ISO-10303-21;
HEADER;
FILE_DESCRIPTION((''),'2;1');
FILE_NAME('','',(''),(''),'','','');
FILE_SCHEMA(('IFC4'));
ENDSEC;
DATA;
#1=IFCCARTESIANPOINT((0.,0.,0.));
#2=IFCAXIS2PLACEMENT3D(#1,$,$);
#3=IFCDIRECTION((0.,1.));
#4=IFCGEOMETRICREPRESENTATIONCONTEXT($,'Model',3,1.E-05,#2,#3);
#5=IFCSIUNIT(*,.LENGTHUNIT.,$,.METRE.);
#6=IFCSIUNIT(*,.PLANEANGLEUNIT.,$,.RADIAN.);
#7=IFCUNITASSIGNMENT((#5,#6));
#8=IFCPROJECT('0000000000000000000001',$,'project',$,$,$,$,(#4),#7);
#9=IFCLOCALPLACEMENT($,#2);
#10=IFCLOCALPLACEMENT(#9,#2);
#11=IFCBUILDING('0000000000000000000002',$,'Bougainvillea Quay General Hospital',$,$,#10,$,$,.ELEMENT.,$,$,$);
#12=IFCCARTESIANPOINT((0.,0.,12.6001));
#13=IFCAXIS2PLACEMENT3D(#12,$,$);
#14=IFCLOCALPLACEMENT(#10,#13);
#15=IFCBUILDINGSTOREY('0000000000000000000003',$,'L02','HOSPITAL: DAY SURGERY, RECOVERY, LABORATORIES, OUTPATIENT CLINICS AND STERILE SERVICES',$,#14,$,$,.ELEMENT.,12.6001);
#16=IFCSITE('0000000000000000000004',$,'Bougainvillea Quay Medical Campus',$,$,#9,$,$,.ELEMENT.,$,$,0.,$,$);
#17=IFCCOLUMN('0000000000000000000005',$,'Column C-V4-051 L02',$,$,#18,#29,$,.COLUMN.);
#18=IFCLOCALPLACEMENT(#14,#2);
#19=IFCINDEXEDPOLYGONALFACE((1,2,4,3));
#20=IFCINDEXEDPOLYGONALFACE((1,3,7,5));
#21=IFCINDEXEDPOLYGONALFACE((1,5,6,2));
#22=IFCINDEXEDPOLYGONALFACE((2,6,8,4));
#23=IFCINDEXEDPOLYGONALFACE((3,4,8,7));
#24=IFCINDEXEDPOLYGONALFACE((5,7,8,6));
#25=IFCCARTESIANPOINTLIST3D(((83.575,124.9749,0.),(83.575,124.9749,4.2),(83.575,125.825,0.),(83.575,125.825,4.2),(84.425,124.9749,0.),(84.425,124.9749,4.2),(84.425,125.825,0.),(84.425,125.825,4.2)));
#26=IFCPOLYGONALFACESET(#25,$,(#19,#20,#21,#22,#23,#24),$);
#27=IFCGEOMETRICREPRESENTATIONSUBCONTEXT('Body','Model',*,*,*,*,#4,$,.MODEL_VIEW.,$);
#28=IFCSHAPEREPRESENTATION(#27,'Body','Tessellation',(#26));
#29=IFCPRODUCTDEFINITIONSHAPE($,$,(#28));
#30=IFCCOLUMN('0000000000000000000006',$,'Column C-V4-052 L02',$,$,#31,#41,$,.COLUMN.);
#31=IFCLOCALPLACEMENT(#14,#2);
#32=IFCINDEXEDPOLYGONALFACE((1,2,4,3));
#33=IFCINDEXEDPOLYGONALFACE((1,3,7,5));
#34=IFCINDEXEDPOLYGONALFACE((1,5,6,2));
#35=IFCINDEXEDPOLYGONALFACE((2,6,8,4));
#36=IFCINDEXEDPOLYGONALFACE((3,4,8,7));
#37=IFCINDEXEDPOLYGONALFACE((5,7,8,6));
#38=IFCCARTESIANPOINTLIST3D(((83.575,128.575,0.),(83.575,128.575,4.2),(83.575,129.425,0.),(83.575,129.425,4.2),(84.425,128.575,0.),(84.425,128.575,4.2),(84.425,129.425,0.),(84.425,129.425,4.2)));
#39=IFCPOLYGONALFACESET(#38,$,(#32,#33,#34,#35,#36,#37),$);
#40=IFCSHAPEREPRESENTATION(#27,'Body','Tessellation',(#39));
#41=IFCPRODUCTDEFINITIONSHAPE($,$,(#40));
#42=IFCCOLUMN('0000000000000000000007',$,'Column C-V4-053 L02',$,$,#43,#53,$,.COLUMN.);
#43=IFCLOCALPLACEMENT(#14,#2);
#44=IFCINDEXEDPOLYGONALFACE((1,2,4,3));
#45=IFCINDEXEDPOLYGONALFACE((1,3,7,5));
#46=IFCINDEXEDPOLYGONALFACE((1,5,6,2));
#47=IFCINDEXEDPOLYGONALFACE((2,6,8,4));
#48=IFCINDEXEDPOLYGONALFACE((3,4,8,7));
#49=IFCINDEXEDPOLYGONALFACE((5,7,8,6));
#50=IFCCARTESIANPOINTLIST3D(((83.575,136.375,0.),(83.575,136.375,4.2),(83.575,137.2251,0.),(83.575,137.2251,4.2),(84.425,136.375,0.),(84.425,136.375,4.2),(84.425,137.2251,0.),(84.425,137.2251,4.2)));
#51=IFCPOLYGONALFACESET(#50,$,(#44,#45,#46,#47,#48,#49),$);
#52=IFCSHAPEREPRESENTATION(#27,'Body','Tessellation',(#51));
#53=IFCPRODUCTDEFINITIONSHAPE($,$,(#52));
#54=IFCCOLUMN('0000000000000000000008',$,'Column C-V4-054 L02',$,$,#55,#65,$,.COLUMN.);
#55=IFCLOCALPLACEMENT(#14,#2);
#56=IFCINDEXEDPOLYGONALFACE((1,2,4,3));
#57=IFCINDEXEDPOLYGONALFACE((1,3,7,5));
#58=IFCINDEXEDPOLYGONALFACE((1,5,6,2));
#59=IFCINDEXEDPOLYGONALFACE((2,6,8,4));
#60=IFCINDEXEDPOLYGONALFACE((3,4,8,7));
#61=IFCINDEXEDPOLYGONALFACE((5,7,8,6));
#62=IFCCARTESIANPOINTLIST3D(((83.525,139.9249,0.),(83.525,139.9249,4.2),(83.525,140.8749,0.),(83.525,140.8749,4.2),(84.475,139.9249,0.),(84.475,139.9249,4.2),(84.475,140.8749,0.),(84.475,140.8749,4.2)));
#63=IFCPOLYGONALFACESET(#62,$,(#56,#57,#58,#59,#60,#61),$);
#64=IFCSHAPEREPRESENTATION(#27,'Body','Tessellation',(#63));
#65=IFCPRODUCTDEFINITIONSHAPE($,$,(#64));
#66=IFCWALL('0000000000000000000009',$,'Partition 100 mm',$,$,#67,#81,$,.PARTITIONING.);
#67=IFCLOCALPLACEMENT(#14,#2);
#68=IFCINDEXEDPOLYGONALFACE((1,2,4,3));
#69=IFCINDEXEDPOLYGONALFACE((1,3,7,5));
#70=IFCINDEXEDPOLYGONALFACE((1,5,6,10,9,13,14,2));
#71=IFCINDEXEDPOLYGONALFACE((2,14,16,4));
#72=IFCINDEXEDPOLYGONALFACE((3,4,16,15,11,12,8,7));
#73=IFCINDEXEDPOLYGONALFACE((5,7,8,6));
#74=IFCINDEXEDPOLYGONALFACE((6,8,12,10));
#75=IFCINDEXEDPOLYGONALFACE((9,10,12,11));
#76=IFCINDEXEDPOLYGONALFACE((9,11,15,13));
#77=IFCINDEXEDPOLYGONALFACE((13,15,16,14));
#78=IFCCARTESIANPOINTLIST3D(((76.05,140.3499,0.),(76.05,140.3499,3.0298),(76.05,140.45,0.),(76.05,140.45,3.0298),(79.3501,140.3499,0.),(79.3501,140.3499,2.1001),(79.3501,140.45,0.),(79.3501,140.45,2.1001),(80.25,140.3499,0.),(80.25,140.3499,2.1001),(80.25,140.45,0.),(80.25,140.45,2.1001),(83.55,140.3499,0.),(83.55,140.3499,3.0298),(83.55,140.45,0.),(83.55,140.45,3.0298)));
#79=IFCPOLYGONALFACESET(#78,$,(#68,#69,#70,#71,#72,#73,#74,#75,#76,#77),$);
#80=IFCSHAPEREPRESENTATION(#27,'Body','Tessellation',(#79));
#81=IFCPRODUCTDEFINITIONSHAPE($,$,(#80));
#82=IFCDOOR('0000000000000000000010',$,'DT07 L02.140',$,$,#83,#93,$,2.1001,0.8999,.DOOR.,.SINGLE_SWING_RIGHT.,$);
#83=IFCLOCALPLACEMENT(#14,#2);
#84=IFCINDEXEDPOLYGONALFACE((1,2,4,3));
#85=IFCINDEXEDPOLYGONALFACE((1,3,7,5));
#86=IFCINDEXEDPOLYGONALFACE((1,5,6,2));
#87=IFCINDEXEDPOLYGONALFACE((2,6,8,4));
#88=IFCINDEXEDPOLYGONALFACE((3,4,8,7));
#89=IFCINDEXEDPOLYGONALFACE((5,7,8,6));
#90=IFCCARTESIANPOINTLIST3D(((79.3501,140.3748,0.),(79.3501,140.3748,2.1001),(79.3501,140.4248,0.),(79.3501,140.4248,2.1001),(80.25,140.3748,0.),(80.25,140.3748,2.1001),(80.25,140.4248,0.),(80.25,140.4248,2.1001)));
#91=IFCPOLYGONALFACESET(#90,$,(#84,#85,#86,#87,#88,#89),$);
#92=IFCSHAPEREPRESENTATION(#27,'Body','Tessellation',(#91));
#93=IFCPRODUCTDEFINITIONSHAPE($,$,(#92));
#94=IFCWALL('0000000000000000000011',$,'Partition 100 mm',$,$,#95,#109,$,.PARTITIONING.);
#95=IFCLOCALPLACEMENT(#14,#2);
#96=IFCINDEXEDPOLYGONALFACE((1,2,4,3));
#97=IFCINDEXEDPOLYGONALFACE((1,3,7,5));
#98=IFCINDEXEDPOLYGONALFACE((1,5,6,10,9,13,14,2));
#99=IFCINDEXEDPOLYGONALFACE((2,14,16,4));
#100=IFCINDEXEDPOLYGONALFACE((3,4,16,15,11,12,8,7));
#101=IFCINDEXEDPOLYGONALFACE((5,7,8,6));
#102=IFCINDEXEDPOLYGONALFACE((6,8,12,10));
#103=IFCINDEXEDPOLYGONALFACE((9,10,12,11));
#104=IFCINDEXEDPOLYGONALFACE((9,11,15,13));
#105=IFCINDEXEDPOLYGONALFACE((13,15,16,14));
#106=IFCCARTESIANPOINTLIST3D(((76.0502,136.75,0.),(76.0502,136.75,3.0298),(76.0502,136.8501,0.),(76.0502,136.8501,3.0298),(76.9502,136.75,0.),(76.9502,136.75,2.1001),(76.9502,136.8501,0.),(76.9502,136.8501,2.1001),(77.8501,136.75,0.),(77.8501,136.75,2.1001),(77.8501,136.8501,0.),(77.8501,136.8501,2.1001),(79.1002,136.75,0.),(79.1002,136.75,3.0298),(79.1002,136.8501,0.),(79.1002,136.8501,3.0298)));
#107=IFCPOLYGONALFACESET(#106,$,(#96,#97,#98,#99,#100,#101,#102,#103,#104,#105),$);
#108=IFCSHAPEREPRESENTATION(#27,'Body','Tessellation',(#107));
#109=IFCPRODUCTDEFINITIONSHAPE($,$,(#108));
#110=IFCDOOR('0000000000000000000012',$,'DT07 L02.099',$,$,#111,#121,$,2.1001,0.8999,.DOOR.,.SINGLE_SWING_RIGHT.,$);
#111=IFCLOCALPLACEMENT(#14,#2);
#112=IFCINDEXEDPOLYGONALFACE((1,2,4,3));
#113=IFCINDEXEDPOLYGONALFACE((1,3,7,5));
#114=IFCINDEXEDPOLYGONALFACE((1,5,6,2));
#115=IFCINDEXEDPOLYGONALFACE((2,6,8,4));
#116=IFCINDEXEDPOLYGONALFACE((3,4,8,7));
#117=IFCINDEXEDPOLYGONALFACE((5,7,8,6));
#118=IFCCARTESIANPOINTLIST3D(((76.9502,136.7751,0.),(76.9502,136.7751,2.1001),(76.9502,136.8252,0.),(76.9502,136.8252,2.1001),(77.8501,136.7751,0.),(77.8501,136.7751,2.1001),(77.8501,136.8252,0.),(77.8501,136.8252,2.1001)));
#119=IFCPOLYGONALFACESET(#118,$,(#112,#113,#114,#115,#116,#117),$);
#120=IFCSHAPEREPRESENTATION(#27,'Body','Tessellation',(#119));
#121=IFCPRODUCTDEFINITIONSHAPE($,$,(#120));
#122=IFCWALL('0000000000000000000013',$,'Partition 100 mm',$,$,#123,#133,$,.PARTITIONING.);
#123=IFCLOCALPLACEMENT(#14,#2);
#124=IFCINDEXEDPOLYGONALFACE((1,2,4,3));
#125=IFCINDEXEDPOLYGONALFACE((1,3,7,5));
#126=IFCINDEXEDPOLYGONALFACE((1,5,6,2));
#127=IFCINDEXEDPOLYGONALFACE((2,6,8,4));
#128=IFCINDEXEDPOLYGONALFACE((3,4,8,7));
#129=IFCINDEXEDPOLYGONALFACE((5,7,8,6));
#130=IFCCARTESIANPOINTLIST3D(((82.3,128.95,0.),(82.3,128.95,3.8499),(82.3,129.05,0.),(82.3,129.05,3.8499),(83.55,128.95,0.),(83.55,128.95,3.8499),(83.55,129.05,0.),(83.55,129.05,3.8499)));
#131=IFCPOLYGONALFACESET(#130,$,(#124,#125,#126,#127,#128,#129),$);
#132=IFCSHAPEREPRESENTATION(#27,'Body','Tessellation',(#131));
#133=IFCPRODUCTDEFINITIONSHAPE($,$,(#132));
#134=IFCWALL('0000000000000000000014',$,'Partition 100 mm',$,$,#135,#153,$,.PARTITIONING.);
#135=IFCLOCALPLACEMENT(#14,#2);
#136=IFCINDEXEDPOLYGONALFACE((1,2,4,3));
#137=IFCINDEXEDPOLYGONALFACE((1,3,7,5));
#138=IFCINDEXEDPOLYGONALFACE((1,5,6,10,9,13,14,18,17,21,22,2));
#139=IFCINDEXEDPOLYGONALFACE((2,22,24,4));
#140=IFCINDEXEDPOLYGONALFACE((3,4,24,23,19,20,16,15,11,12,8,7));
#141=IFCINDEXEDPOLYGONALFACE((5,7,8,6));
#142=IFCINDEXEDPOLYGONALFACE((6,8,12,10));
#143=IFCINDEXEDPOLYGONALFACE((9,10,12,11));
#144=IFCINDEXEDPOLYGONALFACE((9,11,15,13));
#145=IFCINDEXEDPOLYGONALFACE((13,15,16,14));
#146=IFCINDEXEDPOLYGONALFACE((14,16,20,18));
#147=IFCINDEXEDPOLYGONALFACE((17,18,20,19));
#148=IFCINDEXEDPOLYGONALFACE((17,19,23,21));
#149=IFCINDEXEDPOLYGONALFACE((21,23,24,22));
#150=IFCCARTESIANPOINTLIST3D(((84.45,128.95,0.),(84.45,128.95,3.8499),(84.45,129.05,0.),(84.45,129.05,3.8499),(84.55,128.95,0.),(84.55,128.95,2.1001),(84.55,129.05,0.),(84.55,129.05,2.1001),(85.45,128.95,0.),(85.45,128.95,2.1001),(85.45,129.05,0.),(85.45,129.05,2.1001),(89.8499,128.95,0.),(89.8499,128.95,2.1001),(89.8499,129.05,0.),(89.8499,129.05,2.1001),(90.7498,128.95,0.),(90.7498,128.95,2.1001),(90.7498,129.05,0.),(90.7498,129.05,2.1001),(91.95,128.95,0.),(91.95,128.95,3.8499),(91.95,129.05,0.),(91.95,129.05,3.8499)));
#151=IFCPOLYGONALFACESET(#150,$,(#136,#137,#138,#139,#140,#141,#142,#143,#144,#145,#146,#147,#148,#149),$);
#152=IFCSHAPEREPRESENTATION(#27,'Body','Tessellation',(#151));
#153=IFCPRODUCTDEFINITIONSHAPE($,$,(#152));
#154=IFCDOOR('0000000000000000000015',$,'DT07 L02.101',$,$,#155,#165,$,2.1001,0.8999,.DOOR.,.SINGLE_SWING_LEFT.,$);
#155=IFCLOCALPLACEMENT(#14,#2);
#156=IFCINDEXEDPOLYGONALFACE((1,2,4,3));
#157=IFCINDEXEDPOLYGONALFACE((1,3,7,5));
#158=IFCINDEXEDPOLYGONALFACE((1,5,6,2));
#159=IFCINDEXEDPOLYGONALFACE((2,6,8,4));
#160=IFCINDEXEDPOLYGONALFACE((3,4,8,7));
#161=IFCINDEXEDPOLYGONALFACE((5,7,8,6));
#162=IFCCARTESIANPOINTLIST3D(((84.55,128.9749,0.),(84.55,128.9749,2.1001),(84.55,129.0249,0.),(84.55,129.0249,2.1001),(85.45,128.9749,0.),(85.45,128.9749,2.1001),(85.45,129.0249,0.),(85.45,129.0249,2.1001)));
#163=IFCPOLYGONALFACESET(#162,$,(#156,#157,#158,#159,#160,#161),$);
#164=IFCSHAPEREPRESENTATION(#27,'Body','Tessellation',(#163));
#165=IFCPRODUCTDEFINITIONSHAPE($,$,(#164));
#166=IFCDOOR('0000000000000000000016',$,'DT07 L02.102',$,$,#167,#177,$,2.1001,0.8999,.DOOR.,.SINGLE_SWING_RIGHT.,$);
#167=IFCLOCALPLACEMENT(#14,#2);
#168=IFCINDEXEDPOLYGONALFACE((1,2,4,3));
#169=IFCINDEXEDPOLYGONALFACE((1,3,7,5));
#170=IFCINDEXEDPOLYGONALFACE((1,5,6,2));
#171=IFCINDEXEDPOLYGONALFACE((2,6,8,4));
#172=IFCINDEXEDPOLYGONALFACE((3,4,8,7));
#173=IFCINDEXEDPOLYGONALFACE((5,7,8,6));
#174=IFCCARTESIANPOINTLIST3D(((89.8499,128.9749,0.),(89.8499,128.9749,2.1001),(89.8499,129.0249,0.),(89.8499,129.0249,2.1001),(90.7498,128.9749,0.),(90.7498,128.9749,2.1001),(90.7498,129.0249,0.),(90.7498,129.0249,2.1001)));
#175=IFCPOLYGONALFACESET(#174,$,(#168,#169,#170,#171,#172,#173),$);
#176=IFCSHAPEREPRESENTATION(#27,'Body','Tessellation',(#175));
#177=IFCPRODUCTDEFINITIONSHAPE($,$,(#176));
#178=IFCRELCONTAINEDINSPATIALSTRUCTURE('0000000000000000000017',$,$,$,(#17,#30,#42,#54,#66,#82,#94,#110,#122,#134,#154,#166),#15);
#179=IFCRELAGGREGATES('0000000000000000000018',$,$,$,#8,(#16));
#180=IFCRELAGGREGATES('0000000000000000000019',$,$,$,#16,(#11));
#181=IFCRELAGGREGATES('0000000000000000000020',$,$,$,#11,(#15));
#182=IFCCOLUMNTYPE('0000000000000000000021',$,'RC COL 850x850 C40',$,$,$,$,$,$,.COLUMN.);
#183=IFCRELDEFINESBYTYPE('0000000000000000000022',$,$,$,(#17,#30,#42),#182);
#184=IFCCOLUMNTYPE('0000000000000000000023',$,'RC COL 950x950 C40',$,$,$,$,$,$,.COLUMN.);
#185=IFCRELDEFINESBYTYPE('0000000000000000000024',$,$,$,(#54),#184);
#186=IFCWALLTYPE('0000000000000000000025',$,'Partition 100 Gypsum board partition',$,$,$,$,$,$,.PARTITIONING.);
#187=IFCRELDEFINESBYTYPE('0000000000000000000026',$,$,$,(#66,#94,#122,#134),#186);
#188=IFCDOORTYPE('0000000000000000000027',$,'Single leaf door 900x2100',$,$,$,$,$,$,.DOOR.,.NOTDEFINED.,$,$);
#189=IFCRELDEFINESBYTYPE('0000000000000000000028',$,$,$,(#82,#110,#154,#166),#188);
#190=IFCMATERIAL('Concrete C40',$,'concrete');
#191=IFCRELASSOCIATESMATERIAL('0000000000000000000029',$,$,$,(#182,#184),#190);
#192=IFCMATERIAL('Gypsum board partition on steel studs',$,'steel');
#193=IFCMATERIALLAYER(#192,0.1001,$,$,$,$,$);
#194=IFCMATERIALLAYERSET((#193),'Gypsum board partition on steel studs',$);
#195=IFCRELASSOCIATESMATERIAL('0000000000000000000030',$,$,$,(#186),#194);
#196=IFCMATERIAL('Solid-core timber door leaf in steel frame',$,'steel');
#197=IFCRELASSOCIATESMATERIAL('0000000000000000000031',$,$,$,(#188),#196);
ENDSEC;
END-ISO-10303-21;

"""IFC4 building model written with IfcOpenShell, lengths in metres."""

from ifc_helpers import new_model, si_unit, direction, frame, frame_2d, origin, origin_2d, place, context, subcontext, project, spatial, rectangle, extrude, material, layer, layer_set, material_profile, profile_set, type_object, element, fill, save


model = new_model("IFC4")

# Units and contexts
model_context = context("Model", 3, precision=1e-05, world=origin(), true_north=direction((0.0, 1.0)))
body_context = subcontext(model_context, "Body", "Model", "MODEL_VIEW")
ifc_project = project(units=[si_unit("LENGTHUNIT", "METRE"), si_unit("PLANEANGLEUNIT", "RADIAN")], contexts=[model_context])

# Site, building, storey
site_placement = place(None, origin())
site = spatial("IfcSite", under=ifc_project, at=site_placement, Name="Bougainvillea Quay Medical Campus", CompositionType="ELEMENT", RefElevation=0.0)
building_placement = place(site_placement, origin())
building = spatial("IfcBuilding", under=site, at=building_placement, Name="Bougainvillea Quay General Hospital", CompositionType="ELEMENT")
storey_placement = place(building_placement, frame((0.0, 0.0, 12.6001)))
storey = spatial("IfcBuildingStorey", under=building, at=storey_placement, Name="L02", Description="HOSPITAL: DAY SURGERY, RECOVERY, LABORATORIES, OUTPATIENT CLINICS AND STERILE SERVICES", CompositionType="ELEMENT", Elevation=12.6001)

# Columns
ifc_material_1 = material(Name="Concrete C40", Category="concrete")
ifc_material_profile_1 = material_profile(ifc_material_1, rectangle(XDim=0.8501, YDim=0.8501, at=origin_2d()))
ifc_profile_set_1 = profile_set([ifc_material_profile_1], Name="Concrete C40")
column_type_1 = type_object("IfcColumnType", Name="RC COL 850x850 C40", PredefinedType="COLUMN", material=ifc_profile_set_1)
for number, where, z_axis, x_axis, name in (
    (1, (84.0, 125.3999, 0.0), (0.0, 0.0, 1.0), (1.0, 0.0, 0.0), "Column C-V4-051 L02"),
    (2, (84.0, 129.0, 0.0), (0.0, 0.0, 1.0), (1.0, 0.0, 0.0), "Column C-V4-052 L02"),
    (3, (84.0, 136.8, 0.0), (0.0, 0.0, 1.0), (1.0, 0.0, 0.0), "Column C-V4-053 L02"),
):
    element("IfcColumn", number, at=place(storey_placement, frame(where, z_axis=z_axis, x_axis=x_axis)), inside=storey, type_object=column_type_1, Name=name, PredefinedType="COLUMN", context=body_context, shape_type="SweptSolid", body=[
        extrude(rectangle(XDim=0.8501, YDim=0.8501, at=origin_2d()), origin(), (0.0, 0.0, 1.0), 4.2),
    ])
ifc_material_profile_2 = material_profile(ifc_material_1, rectangle(XDim=0.95, YDim=0.95, at=origin_2d()))
ifc_profile_set_2 = profile_set([ifc_material_profile_2], Name="Concrete C40")
column_type_2 = type_object("IfcColumnType", Name="RC COL 950x950 C40", PredefinedType="COLUMN", material=ifc_profile_set_2)
column_placement = place(storey_placement, frame((84.0, 140.3999, 0.0), z_axis=(0.0, 0.0, 1.0), x_axis=(1.0, 0.0, 0.0)))
element("IfcColumn", 4, at=column_placement, inside=storey, type_object=column_type_2, Name="Column C-V4-054 L02", PredefinedType="COLUMN", context=body_context, shape_type="SweptSolid", body=[
    extrude(rectangle(XDim=0.95, YDim=0.95, at=origin_2d()), origin(), (0.0, 0.0, 1.0), 4.2),
])

# Walls, openings, doors
ifc_material_2 = material(Name="Gypsum board partition on steel studs", Category="steel")
ifc_layer_1 = layer(ifc_material_2, 0.1001)
ifc_layer_set_1 = layer_set([ifc_layer_1], Name="Gypsum board partition on steel studs")
wall_type_1 = type_object("IfcWallType", Name="Partition 100 Gypsum board partition", PredefinedType="PARTITIONING", material=ifc_layer_set_1)
wall_1_placement = place(storey_placement, frame((83.55, 140.3999, 0.0), z_axis=(0.0, 0.0, 1.0), x_axis=(-1.0, 0.0, 0.0)))
wall_1 = element("IfcWall", 5, at=wall_1_placement, inside=storey, type_object=wall_type_1, Name="Partition 100 mm", PredefinedType="PARTITIONING", context=body_context, shape_type="SweptSolid", body=[
    extrude(rectangle(XDim=7.5, YDim=0.1001, at=frame_2d((3.75, 0.0))), origin(), (0.0, 0.0, 1.0), 3.0298),
])
opening_1_placement = place(wall_1_placement, frame((3.3, 0.0, 0.0)))
opening_1 = element("IfcOpeningElement", 6, at=opening_1_placement, cuts=wall_1, PredefinedType="OPENING", context=body_context, shape_type="SweptSolid", body=[
    extrude(rectangle(XDim=0.8999, YDim=2.1001, at=frame_2d((0.45, 1.05))), frame((0.0, 0.0601, 0.0), z_axis=(0.0, -1.0, 0.0), x_axis=(1.0, 0.0, 0.0)), (0.0, 0.0, 1.0), 0.1201),
])
ifc_material_3 = material(Name="Solid-core timber door leaf in steel frame", Category="steel")
door_type_1 = type_object("IfcDoorType", Name="Single leaf door 900x2100", OperationType="NOTDEFINED", PredefinedType="DOOR", material=ifc_material_3)
door_1_placement = place(opening_1_placement, frame((0.8999, 0.0, 0.0), z_axis=(0.0, 0.0, 1.0), x_axis=(-1.0, 0.0, 0.0)))
door_1 = element("IfcDoor", 7, at=door_1_placement, inside=storey, type_object=door_type_1, Name="DT07 L02.140", OperationType="SINGLE_SWING_RIGHT", OverallHeight=2.1001, OverallWidth=0.8999, PredefinedType="DOOR", context=body_context, shape_type="SweptSolid", body=[
    extrude(rectangle(XDim=0.8999, YDim=2.1001, at=frame_2d((0.45, 1.05))), frame((0.0, 0.0249, 0.0), z_axis=(0.0, -1.0, 0.0), x_axis=(1.0, 0.0, 0.0)), (0.0, 0.0, 1.0), 0.05),
])
fill(opening_1, door_1)
wall_2_placement = place(storey_placement, frame((79.1001, 136.8, 0.0), z_axis=(0.0, 0.0, 1.0), x_axis=(-1.0, 0.0, 0.0)))
wall_2 = element("IfcWall", 8, at=wall_2_placement, inside=storey, type_object=wall_type_1, Name="Partition 100 mm", PredefinedType="PARTITIONING", context=body_context, shape_type="SweptSolid", body=[
    extrude(rectangle(XDim=3.05, YDim=0.1001, at=frame_2d((1.5249, 0.0))), origin(), (0.0, 0.0, 1.0), 3.0298),
])
opening_2_placement = place(wall_2_placement, frame((1.25, 0.0, 0.0)))
opening_2 = element("IfcOpeningElement", 9, at=opening_2_placement, cuts=wall_2, PredefinedType="OPENING", context=body_context, shape_type="SweptSolid", body=[
    extrude(rectangle(XDim=0.8999, YDim=2.1001, at=frame_2d((0.45, 1.05))), frame((0.0, 0.0601, 0.0), z_axis=(0.0, -1.0, 0.0), x_axis=(1.0, 0.0, 0.0)), (0.0, 0.0, 1.0), 0.1201),
])
door_2_placement = place(opening_2_placement, origin())
door_2 = element("IfcDoor", 10, at=door_2_placement, inside=storey, type_object=door_type_1, Name="DT07 L02.099", OperationType="SINGLE_SWING_RIGHT", OverallHeight=2.1001, OverallWidth=0.8999, PredefinedType="DOOR", context=body_context, shape_type="SweptSolid", body=[
    extrude(rectangle(XDim=0.8999, YDim=2.1001, at=frame_2d((0.45, 1.05))), frame((0.0, 0.0249, 0.0), z_axis=(0.0, -1.0, 0.0), x_axis=(1.0, 0.0, 0.0)), (0.0, 0.0, 1.0), 0.05),
])
fill(opening_2, door_2)

# Wall
wall_3_placement = place(storey_placement, frame((82.3, 129.0, 0.0), z_axis=(0.0, 0.0, 1.0), x_axis=(1.0, 0.0, 0.0)))
element("IfcWall", 11, at=wall_3_placement, inside=storey, type_object=wall_type_1, Name="Partition 100 mm", PredefinedType="PARTITIONING", context=body_context, shape_type="SweptSolid", body=[
    extrude(rectangle(XDim=1.25, YDim=0.1001, at=frame_2d((0.625, 0.0))), origin(), (0.0, 0.0, 1.0), 3.8499),
])

# Wall, openings, doors
wall_4_placement = place(storey_placement, frame((84.45, 129.0, 0.0), z_axis=(0.0, 0.0, 1.0), x_axis=(1.0, 0.0, 0.0)))
wall_4 = element("IfcWall", 12, at=wall_4_placement, inside=storey, type_object=wall_type_1, Name="Partition 100 mm", PredefinedType="PARTITIONING", context=body_context, shape_type="SweptSolid", body=[
    extrude(rectangle(XDim=7.5, YDim=0.1001, at=frame_2d((3.75, 0.0))), origin(), (0.0, 0.0, 1.0), 3.8499),
])
opening_3_placement = place(wall_4_placement, frame((0.1001, 0.0, 0.0)))
opening_3 = element("IfcOpeningElement", 13, at=opening_3_placement, cuts=wall_4, PredefinedType="OPENING", context=body_context, shape_type="SweptSolid", body=[
    extrude(rectangle(XDim=0.8999, YDim=2.1001, at=frame_2d((0.45, 1.05))), frame((0.0, 0.0601, 0.0), z_axis=(0.0, -1.0, 0.0), x_axis=(1.0, 0.0, 0.0)), (0.0, 0.0, 1.0), 0.1201),
])
opening_4_placement = place(wall_4_placement, frame((5.3999, 0.0, 0.0)))
opening_4 = element("IfcOpeningElement", 14, at=opening_4_placement, cuts=wall_4, PredefinedType="OPENING", context=body_context, shape_type="SweptSolid", body=[
    extrude(rectangle(XDim=0.8999, YDim=2.1001, at=frame_2d((0.45, 1.05))), frame((0.0, 0.0601, 0.0), z_axis=(0.0, -1.0, 0.0), x_axis=(1.0, 0.0, 0.0)), (0.0, 0.0, 1.0), 0.1201),
])
door_3_placement = place(opening_3_placement, origin())
door_3 = element("IfcDoor", 15, at=door_3_placement, inside=storey, type_object=door_type_1, Name="DT07 L02.101", OperationType="SINGLE_SWING_LEFT", OverallHeight=2.1001, OverallWidth=0.8999, PredefinedType="DOOR", context=body_context, shape_type="SweptSolid", body=[
    extrude(rectangle(XDim=0.8999, YDim=2.1001, at=frame_2d((0.45, 1.05))), frame((0.0, 0.0249, 0.0), z_axis=(0.0, -1.0, 0.0), x_axis=(1.0, 0.0, 0.0)), (0.0, 0.0, 1.0), 0.05),
])
fill(opening_3, door_3)
door_4_placement = place(opening_4_placement, origin())
door_4 = element("IfcDoor", 16, at=door_4_placement, inside=storey, type_object=door_type_1, Name="DT07 L02.102", OperationType="SINGLE_SWING_RIGHT", OverallHeight=2.1001, OverallWidth=0.8999, PredefinedType="DOOR", context=body_context, shape_type="SweptSolid", body=[
    extrude(rectangle(XDim=0.8999, YDim=2.1001, at=frame_2d((0.45, 1.05))), frame((0.0, 0.0249, 0.0), z_axis=(0.0, -1.0, 0.0), x_axis=(1.0, 0.0, 0.0)), (0.0, 0.0, 1.0), 0.05),
])
fill(opening_4, door_4)

save(model, "model.ifc")
